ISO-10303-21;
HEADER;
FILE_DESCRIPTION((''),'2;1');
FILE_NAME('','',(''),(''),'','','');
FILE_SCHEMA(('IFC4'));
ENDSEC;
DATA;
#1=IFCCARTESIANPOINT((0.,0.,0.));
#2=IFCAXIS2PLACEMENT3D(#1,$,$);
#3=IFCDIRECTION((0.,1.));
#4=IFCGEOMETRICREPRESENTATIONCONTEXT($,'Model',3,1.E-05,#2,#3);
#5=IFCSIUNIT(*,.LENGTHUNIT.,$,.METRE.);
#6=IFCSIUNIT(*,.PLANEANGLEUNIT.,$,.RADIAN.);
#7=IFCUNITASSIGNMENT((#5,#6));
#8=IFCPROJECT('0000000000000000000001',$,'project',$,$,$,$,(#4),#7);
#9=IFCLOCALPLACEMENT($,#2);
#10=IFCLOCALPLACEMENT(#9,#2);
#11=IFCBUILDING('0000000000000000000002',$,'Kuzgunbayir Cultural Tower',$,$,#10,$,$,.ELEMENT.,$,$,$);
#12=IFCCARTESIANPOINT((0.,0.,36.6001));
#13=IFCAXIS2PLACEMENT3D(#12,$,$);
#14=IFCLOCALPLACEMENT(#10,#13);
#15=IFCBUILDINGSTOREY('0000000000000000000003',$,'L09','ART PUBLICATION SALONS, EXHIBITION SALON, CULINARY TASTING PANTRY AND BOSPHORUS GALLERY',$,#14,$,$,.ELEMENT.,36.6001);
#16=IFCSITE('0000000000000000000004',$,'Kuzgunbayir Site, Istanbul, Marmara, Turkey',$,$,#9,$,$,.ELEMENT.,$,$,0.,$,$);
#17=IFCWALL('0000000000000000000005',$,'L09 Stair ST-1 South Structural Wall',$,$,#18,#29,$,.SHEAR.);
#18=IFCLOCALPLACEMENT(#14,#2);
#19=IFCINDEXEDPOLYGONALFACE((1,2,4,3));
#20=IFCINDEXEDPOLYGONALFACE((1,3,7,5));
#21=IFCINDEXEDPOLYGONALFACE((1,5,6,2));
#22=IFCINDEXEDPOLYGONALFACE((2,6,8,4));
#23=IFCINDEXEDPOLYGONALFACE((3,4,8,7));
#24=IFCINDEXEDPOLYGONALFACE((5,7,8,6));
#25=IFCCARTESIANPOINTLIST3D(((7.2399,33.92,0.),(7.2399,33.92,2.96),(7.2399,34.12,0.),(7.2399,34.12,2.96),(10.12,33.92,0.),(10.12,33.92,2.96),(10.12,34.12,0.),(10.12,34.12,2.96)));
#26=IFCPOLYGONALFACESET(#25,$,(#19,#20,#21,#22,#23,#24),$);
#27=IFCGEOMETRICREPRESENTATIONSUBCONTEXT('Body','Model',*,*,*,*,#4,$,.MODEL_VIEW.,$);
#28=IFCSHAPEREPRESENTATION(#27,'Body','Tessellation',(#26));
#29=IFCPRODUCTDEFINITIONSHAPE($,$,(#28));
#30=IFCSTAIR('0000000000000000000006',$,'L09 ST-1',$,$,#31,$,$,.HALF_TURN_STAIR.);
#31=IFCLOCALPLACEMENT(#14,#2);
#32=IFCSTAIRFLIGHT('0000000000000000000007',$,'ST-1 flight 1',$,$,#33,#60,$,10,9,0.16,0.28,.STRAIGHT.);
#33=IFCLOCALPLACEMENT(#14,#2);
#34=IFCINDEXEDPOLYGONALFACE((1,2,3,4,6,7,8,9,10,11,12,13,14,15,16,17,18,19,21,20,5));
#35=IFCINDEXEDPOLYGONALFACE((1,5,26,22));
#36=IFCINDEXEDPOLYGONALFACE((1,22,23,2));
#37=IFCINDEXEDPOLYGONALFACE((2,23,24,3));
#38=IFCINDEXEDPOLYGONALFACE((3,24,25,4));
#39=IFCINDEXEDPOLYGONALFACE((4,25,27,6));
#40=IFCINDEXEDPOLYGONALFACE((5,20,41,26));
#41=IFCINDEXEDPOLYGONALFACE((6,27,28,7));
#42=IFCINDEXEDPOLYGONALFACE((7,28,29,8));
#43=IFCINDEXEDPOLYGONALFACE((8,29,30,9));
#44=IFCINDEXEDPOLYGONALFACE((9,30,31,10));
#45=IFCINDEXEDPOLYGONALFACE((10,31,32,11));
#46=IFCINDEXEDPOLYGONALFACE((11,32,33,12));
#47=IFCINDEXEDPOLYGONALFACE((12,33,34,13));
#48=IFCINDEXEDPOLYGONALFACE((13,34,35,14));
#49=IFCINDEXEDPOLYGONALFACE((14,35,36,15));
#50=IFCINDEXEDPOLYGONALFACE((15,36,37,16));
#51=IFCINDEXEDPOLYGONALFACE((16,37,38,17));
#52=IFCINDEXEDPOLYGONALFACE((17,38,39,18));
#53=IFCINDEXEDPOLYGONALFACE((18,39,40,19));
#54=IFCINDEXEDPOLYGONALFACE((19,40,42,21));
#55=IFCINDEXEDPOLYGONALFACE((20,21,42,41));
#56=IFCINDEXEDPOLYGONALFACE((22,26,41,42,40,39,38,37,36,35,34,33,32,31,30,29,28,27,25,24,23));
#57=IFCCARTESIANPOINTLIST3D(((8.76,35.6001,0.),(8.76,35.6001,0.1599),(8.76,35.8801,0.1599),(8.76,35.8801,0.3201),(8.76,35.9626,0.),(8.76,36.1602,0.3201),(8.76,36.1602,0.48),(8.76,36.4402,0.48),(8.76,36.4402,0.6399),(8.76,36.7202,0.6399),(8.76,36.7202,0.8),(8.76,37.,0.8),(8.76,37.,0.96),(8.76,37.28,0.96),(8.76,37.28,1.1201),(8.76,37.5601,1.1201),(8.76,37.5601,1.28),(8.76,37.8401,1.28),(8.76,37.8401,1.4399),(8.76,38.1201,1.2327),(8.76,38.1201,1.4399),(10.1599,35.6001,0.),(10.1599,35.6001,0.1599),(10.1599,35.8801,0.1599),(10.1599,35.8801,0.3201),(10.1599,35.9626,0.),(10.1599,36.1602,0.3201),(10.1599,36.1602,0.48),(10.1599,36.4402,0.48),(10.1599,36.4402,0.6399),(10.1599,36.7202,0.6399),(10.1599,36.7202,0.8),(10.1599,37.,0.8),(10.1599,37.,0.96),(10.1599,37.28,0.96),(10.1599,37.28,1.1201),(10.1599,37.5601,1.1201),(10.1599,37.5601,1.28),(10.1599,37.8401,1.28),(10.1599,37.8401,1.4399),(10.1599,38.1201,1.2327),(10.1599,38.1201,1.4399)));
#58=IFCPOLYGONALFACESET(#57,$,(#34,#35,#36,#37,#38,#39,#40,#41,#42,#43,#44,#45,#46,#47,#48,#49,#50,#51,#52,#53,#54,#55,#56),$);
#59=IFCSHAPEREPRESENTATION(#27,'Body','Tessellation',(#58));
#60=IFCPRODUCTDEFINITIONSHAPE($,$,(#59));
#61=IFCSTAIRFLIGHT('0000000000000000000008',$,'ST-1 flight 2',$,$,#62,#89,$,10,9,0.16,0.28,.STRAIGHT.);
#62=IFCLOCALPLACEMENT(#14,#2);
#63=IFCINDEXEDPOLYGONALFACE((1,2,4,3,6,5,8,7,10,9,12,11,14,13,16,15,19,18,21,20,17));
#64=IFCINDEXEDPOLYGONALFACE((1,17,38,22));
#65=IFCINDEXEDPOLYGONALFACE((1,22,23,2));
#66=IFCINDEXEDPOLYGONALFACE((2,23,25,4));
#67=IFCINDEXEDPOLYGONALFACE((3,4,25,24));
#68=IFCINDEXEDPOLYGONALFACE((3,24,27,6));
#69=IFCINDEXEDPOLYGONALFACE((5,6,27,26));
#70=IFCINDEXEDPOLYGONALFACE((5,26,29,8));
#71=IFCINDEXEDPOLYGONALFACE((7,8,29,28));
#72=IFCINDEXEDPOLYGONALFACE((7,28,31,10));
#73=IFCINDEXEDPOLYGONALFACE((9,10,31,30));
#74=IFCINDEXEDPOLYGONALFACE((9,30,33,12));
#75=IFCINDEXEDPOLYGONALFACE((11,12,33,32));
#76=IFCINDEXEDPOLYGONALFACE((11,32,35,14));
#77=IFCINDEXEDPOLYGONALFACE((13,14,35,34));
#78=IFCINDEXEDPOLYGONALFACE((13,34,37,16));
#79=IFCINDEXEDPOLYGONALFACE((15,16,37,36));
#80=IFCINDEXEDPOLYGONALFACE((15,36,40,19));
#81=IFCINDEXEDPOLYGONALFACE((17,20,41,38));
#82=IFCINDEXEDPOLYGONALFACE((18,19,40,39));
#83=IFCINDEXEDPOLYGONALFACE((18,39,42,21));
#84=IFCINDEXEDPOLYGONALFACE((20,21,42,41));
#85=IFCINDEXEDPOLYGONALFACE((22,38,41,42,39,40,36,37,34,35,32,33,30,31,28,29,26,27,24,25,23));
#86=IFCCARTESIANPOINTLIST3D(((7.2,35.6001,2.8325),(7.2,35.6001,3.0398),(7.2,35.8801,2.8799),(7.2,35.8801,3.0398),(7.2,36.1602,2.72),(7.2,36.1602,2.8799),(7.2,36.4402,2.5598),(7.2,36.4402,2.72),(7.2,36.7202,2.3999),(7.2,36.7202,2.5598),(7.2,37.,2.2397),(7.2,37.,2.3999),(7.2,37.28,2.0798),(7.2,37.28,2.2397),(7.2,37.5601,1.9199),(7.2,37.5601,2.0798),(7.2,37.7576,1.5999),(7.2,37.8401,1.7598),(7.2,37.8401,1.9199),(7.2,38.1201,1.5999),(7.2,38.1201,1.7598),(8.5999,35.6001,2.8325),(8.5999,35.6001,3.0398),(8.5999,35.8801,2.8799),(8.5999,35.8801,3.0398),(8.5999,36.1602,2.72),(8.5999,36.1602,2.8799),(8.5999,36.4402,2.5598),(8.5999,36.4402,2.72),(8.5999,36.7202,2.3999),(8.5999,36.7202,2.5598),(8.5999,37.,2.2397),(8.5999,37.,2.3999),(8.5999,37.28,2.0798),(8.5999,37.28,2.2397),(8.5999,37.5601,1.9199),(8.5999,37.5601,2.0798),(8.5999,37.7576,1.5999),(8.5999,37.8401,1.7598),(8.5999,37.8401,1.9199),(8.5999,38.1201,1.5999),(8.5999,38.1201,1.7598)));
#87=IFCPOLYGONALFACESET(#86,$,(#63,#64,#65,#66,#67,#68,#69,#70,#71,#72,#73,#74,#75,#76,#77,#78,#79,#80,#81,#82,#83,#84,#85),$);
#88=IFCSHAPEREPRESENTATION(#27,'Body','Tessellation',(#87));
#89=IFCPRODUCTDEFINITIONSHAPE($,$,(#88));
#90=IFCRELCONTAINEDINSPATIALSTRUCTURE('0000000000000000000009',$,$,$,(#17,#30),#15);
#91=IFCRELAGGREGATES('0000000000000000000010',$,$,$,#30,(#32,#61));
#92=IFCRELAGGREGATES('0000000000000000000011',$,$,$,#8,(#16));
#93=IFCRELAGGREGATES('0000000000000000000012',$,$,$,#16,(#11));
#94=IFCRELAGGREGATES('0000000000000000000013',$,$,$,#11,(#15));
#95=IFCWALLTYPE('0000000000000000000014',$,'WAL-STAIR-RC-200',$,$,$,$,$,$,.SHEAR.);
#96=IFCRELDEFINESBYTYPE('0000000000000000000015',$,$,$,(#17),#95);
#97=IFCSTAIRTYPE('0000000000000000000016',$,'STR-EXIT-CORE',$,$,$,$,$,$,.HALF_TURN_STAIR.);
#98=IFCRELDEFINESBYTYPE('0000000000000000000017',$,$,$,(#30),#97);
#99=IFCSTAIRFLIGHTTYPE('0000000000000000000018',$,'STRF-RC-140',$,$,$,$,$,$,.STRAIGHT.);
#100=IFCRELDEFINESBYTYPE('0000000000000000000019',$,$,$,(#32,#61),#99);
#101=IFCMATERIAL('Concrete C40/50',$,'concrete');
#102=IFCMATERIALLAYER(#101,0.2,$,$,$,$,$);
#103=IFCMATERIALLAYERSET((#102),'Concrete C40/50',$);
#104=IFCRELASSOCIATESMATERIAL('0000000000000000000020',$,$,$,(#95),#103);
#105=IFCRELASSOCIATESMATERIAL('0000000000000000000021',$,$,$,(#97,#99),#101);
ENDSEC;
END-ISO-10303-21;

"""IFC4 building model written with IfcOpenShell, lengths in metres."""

from ifc_helpers import new_model, si_unit, direction, frame, frame_2d, origin, place, context, subcontext, project, spatial, polyline, rectangle, outline, extrude, material, layer, layer_set, type_object, element, aggregate, save


model = new_model("IFC4")

# Units and contexts
model_context = context("Model", 3, precision=1e-05, world=origin(), true_north=direction((0.0, 1.0)))
body_context = subcontext(model_context, "Body", "Model", "MODEL_VIEW")
ifc_project = project(units=[si_unit("LENGTHUNIT", "METRE"), si_unit("PLANEANGLEUNIT", "RADIAN")], contexts=[model_context])

# Site, building, storey
site_placement = place(None, origin())
site = spatial("IfcSite", under=ifc_project, at=site_placement, Name="Kuzgunbayir Site, Istanbul, Marmara, Turkey", CompositionType="ELEMENT", RefElevation=0.0)
building_placement = place(site_placement, origin())
building = spatial("IfcBuilding", under=site, at=building_placement, Name="Kuzgunbayir Cultural Tower", CompositionType="ELEMENT")
storey_placement = place(building_placement, frame((0.0, 0.0, 36.6001)))
storey = spatial("IfcBuildingStorey", under=building, at=storey_placement, Name="L09", Description="ART PUBLICATION SALONS, EXHIBITION SALON, CULINARY TASTING PANTRY AND BOSPHORUS GALLERY", CompositionType="ELEMENT", Elevation=36.6001)

# Wall
ifc_material_1 = material(Name="Concrete C40/50", Category="concrete")
ifc_layer_1 = layer(ifc_material_1, 0.2)
ifc_layer_set_1 = layer_set([ifc_layer_1], Name="Concrete C40/50")
wall_type_1 = type_object("IfcWallType", Name="WAL-STAIR-RC-200", PredefinedType="SHEAR", material=ifc_layer_set_1)
wall_1_placement = place(storey_placement, frame((7.24, 34.02, 0.0), z_axis=(0.0, 0.0, 1.0), x_axis=(1.0, 0.0, 0.0)))
element("IfcWall", 1, at=wall_1_placement, inside=storey, type_object=wall_type_1, Name="L09 Stair ST-1 South Structural Wall", PredefinedType="SHEAR", context=body_context, shape_type="SweptSolid", body=[
    extrude(rectangle(XDim=2.8801, YDim=0.2, at=frame_2d((1.4399, 0.0))), origin(), (0.0, 0.0, 1.0), 2.96),
])

# Stair, stair flights
stair_type = type_object("IfcStairType", Name="STR-EXIT-CORE", PredefinedType="HALF_TURN_STAIR", material=ifc_material_1)
stair_placement = place(storey_placement, origin())
stair = element("IfcStair", 2, at=stair_placement, inside=storey, type_object=stair_type, Name="L09 ST-1", PredefinedType="HALF_TURN_STAIR")
stair_flight_type = type_object("IfcStairFlightType", Name="STRF-RC-140", PredefinedType="STRAIGHT", material=ifc_material_1)
stair_flight_1_placement = place(storey_placement, frame((9.46, 35.6001, 0.0), z_axis=(0.0, 0.0, 1.0), x_axis=(0.0, 1.0, 0.0)))
stair_flight_1 = element("IfcStairFlight", 3, at=stair_flight_1_placement, type_object=stair_flight_type, Name="ST-1 flight 1", NumberOfRisers=10, NumberOfTreads=9, PredefinedType="STRAIGHT", RiserHeight=0.16, TreadLength=0.28, context=body_context, shape_type="SweptSolid", body=[
    extrude(outline(polyline([(0.0, 0.0), (0.0, 0.1599), (0.28, 0.1599), (0.28, 0.3201), (0.5601, 0.3201), (0.5601, 0.48), (0.8401, 0.48), (0.8401, 0.6399), (1.1201, 0.6399), (1.1201, 0.8), (1.3999, 0.8), (1.3999, 0.96), (1.6799, 0.96), (1.6799, 1.1201), (1.96, 1.1201), (1.96, 1.28), (2.24, 1.28), (2.24, 1.4399), (2.52, 1.4399), (2.52, 1.6001), (2.52, 1.2327), (0.3625, 0.0), (0.0, 0.0)])), frame((0.0, 0.7, 0.0), z_axis=(0.0, -1.0, 0.0), x_axis=(1.0, 0.0, 0.0)), (0.0, 0.0, 1.0), 1.3999),
])
stair_flight_2_placement = place(storey_placement, frame((7.8999, 38.1201, 1.5999), z_axis=(0.0, 0.0, 1.0), x_axis=(0.0, -1.0, 0.0)))
stair_flight_2 = element("IfcStairFlight", 4, at=stair_flight_2_placement, type_object=stair_flight_type, Name="ST-1 flight 2", NumberOfRisers=10, NumberOfTreads=9, PredefinedType="STRAIGHT", RiserHeight=0.16, TreadLength=0.28, context=body_context, shape_type="SweptSolid", body=[
    extrude(outline(polyline([(0.0, 0.0), (0.0, 0.1599), (0.28, 0.1599), (0.28, 0.3201), (0.5601, 0.3201), (0.5601, 0.48), (0.8401, 0.48), (0.8401, 0.6399), (1.1201, 0.6399), (1.1201, 0.8), (1.3999, 0.8), (1.3999, 0.96), (1.6799, 0.96), (1.6799, 1.1201), (1.96, 1.1201), (1.96, 1.28), (2.24, 1.28), (2.24, 1.4399), (2.52, 1.4399), (2.52, 1.6001), (2.52, 1.2327), (0.3625, 0.0), (0.0, 0.0)])), frame((0.0, 0.7, 0.0), z_axis=(0.0, -1.0, 0.0), x_axis=(1.0, 0.0, 0.0)), (0.0, 0.0, 1.0), 1.3999),
])
aggregate(stair, [stair_flight_1, stair_flight_2])

save(model, "model.ifc")
